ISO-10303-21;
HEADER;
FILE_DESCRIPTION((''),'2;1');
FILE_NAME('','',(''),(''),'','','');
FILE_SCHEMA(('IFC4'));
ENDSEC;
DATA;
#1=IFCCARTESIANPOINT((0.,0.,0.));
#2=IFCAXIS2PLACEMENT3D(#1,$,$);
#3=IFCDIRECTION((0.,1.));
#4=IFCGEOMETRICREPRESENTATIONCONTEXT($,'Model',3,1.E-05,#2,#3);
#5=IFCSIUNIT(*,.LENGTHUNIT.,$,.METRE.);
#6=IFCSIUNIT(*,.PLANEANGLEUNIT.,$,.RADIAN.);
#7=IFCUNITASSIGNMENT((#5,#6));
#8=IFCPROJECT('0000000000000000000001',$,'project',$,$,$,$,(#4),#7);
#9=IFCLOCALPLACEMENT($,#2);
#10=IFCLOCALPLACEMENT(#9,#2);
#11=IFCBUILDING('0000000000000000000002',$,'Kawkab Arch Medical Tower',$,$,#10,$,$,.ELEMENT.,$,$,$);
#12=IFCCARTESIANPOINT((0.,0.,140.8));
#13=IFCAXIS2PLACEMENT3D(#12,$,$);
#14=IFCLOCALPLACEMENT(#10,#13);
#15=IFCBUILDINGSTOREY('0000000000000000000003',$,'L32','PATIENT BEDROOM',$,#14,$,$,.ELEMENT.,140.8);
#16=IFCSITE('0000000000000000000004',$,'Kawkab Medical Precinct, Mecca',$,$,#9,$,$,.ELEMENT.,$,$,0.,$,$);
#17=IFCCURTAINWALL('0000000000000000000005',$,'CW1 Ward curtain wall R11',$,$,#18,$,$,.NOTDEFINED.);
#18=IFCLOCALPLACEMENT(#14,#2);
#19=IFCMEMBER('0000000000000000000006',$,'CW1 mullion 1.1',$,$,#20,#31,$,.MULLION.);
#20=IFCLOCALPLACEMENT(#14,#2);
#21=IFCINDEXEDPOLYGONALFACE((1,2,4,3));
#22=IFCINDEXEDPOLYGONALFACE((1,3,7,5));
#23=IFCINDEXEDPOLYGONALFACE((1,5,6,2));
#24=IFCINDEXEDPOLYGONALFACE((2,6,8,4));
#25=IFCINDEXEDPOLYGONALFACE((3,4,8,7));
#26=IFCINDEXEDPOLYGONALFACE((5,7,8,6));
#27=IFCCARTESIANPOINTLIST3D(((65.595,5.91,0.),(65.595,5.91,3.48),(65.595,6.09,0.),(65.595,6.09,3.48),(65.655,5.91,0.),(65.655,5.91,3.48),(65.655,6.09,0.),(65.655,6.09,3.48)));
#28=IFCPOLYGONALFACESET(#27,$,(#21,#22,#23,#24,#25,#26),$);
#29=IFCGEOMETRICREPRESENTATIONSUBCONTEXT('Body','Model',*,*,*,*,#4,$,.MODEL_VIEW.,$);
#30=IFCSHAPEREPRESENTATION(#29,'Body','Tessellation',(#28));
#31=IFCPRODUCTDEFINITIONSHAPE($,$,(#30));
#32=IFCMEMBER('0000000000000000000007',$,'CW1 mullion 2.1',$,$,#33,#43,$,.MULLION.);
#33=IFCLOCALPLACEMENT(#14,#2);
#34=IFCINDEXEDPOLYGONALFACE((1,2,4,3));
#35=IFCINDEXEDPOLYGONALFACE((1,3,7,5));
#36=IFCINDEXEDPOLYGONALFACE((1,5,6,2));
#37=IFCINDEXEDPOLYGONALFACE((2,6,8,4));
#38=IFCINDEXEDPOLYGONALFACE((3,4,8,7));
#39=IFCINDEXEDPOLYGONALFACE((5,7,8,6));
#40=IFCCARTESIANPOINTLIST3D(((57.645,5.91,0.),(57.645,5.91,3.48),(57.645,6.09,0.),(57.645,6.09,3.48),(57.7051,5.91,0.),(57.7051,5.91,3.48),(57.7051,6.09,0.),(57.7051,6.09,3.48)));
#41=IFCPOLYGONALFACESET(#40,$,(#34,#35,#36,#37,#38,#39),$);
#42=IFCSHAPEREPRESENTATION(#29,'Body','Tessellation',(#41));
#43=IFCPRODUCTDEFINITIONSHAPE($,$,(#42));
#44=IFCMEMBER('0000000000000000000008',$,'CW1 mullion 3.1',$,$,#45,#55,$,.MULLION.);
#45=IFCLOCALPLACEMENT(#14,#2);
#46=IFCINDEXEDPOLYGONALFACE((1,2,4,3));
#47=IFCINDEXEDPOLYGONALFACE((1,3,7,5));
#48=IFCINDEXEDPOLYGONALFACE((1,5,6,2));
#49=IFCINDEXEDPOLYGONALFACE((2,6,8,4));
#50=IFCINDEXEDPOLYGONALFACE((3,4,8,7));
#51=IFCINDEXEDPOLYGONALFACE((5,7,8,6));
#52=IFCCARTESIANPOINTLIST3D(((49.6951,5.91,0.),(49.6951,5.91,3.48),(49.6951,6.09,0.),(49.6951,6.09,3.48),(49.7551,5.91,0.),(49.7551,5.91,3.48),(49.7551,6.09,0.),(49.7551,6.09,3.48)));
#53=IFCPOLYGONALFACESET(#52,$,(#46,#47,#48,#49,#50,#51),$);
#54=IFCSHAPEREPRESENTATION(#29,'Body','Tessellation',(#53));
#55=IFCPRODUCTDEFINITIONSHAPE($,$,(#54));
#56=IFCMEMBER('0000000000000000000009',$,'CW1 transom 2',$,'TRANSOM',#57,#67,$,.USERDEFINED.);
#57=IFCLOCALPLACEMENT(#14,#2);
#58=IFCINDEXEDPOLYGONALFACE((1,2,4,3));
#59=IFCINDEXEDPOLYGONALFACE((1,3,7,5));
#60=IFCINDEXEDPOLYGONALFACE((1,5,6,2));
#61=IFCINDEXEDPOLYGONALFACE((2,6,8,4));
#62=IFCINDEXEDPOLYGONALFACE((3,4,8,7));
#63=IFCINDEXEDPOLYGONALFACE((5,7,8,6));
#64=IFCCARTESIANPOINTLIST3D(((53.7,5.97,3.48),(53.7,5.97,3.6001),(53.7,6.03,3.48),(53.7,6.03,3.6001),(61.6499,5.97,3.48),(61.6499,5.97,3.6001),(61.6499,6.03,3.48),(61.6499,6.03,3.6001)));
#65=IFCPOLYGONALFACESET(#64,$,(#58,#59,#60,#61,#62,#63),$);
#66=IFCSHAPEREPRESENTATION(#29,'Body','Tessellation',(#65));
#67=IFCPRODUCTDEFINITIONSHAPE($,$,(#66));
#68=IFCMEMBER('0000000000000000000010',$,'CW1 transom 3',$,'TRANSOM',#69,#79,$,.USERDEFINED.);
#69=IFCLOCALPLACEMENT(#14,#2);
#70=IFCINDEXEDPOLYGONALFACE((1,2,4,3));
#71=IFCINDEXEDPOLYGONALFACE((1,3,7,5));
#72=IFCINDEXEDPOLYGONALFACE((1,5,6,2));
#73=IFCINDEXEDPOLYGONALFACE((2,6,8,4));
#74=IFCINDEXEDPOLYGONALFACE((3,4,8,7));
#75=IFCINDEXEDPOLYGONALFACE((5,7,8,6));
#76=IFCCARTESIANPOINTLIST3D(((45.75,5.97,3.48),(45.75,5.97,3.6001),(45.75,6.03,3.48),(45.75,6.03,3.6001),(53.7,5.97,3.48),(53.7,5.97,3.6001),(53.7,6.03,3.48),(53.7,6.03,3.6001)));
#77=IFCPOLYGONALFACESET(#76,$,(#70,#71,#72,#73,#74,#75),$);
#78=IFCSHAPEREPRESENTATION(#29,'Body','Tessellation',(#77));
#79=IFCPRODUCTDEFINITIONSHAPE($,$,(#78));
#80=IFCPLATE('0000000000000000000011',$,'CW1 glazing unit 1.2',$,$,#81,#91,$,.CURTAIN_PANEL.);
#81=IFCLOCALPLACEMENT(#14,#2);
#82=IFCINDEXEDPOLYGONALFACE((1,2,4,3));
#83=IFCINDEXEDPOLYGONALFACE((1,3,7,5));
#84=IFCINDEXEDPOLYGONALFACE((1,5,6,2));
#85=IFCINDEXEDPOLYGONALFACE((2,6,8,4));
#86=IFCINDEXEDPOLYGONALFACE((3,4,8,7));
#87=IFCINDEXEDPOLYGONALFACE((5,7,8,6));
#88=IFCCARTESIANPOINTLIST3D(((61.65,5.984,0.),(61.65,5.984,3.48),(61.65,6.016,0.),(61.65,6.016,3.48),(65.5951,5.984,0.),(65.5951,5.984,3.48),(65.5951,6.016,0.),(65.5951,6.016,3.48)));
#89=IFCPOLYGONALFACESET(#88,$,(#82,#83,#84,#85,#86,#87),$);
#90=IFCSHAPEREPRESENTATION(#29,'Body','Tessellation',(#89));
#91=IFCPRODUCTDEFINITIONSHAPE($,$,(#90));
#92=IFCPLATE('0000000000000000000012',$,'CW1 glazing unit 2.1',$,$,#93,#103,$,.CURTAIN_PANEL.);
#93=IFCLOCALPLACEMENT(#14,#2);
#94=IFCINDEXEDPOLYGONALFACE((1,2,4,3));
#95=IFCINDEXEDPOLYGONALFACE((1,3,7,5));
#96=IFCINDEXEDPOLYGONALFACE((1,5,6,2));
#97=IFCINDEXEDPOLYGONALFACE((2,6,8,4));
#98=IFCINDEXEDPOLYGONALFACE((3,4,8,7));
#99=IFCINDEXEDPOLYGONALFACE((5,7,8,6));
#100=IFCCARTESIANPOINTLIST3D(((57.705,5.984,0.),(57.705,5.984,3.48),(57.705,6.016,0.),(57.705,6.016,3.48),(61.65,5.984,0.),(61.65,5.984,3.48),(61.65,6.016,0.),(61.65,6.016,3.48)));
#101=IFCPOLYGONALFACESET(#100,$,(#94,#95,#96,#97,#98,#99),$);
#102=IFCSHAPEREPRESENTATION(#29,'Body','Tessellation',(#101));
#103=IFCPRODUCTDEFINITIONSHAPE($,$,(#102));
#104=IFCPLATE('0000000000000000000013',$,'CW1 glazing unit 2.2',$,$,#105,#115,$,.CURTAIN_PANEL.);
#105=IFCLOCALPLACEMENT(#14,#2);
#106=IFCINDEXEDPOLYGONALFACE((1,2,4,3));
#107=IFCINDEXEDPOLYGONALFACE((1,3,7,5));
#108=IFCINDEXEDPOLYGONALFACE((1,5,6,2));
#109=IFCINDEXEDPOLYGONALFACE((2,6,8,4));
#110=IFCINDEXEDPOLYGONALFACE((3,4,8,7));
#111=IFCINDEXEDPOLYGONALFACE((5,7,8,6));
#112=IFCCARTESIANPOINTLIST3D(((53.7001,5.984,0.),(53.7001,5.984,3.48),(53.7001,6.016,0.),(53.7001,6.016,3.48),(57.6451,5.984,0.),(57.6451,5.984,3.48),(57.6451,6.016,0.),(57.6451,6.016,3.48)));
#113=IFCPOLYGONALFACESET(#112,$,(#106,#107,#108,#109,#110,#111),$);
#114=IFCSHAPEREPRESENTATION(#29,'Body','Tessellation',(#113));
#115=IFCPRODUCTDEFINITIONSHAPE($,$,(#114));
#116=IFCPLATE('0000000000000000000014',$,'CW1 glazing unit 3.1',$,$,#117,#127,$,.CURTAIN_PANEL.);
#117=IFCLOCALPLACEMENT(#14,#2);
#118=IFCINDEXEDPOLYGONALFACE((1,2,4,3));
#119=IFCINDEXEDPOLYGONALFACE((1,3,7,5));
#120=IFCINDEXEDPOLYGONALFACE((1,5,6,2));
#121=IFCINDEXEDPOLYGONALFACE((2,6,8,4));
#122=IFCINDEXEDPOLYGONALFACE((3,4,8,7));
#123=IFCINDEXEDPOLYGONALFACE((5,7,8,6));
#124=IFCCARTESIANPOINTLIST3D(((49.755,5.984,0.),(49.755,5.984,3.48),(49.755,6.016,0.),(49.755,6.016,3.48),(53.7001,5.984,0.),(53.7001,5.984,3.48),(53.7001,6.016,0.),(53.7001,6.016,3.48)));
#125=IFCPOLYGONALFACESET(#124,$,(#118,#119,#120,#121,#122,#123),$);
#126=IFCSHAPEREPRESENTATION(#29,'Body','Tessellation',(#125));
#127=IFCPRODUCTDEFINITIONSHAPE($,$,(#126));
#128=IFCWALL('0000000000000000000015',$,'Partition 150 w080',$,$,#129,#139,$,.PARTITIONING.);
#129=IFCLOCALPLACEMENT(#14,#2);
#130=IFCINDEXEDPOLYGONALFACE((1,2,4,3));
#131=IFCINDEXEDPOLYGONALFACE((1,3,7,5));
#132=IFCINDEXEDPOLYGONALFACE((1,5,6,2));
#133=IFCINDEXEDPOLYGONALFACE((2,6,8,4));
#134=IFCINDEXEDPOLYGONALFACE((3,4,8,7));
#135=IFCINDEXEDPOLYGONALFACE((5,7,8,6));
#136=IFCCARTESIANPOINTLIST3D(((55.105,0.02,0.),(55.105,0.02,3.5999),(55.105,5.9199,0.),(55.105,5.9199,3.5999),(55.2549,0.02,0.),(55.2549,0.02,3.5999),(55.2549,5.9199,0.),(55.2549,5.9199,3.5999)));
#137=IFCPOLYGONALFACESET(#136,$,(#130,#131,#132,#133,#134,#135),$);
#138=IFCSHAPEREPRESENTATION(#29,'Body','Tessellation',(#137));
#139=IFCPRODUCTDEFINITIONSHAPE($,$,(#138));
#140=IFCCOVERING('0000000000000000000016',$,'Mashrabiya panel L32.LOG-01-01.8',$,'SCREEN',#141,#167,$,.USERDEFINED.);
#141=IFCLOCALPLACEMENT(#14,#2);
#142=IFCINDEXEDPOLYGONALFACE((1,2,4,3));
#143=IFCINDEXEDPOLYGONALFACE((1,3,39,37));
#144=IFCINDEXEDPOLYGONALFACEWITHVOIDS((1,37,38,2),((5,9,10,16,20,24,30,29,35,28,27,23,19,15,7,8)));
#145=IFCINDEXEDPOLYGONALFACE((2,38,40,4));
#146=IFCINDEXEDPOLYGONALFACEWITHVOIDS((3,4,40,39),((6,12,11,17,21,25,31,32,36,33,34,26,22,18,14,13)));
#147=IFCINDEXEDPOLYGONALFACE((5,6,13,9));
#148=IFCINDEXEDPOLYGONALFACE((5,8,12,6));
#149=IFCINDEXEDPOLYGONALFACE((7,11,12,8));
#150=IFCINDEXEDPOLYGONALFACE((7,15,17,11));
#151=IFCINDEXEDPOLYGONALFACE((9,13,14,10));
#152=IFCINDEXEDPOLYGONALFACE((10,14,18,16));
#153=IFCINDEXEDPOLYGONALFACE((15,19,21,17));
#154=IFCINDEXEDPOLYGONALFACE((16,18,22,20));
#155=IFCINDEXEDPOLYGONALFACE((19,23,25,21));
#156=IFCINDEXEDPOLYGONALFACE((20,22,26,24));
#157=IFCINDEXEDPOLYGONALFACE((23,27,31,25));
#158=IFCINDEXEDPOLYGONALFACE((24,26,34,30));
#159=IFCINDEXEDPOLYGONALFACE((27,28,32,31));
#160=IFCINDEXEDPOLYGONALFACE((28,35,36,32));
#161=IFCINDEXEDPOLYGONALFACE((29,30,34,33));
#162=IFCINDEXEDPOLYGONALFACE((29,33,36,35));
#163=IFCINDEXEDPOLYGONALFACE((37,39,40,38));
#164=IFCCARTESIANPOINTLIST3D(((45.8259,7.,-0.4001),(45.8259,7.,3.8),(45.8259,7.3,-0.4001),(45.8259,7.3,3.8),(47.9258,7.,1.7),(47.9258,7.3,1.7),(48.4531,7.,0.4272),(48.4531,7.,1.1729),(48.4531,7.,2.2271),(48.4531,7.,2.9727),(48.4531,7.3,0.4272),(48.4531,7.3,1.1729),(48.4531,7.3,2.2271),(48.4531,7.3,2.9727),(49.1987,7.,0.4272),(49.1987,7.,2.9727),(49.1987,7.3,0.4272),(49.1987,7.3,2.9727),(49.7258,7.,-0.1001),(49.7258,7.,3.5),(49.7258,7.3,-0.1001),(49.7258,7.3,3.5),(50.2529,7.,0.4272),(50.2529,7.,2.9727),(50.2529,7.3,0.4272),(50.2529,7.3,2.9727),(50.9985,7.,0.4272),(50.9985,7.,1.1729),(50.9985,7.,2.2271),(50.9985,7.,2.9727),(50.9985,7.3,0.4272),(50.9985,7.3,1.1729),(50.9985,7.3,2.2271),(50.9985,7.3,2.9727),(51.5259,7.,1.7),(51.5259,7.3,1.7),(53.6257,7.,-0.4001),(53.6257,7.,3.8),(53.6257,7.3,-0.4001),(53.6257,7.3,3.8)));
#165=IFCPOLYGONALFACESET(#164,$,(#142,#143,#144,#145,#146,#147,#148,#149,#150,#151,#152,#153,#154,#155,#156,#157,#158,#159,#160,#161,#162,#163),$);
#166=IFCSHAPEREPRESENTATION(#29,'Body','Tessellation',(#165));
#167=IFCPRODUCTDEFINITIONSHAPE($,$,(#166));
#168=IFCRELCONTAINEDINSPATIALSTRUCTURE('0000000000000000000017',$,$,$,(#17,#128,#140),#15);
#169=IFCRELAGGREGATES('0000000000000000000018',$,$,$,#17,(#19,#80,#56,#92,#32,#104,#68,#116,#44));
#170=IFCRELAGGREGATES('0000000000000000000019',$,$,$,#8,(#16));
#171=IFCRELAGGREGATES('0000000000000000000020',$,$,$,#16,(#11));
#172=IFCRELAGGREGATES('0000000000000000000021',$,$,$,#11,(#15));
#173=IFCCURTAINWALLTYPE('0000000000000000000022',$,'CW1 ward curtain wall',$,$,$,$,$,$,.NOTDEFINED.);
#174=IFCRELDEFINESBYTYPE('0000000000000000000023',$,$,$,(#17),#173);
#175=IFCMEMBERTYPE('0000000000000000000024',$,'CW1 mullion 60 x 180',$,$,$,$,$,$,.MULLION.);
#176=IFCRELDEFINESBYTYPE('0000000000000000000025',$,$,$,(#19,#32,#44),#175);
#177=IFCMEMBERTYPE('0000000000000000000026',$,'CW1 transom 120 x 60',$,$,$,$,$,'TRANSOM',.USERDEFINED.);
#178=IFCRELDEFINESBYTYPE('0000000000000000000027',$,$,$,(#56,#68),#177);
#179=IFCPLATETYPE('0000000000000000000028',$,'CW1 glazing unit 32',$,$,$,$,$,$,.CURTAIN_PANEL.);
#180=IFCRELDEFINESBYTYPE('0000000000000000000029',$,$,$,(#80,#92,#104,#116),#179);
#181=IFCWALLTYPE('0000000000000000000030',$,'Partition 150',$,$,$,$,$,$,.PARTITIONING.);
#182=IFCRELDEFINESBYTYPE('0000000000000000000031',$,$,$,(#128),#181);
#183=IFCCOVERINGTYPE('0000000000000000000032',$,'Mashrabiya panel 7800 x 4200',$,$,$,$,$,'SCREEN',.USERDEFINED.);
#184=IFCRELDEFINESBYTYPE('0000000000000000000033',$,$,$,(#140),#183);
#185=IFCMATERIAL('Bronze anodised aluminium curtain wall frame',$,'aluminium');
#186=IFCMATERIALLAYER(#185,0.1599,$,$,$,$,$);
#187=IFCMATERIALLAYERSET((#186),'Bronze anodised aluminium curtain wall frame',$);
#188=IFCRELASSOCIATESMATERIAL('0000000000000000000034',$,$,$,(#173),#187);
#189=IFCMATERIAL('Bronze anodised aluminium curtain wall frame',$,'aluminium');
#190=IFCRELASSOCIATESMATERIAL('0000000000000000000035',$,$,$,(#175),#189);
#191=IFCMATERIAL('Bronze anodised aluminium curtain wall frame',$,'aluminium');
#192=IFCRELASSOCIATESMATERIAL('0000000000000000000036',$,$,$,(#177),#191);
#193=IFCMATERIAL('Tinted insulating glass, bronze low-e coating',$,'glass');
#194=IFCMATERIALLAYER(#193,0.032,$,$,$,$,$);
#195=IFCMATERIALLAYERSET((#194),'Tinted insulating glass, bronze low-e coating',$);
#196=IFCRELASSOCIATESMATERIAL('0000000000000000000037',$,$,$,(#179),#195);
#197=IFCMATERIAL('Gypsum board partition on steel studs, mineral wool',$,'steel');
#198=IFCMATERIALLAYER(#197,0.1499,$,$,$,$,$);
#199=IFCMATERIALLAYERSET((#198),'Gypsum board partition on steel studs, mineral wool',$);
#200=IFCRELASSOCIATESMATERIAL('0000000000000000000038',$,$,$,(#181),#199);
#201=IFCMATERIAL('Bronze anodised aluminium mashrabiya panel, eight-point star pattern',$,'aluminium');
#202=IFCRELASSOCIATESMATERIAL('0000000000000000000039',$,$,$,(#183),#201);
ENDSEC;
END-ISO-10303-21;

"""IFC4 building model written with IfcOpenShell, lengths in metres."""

from ifc_helpers import new_model, si_unit, direction, frame, frame_2d, origin, origin_2d, place, context, subcontext, project, spatial, polyline, rectangle, outline, extrude, material, layer, layer_set, material_profile, profile_set, type_object, element, aggregate, save


model = new_model("IFC4")

# Units and contexts
model_context = context("Model", 3, precision=1e-05, world=origin(), true_north=direction((0.0, 1.0)))
body_context = subcontext(model_context, "Body", "Model", "MODEL_VIEW")
ifc_project = project(units=[si_unit("LENGTHUNIT", "METRE"), si_unit("PLANEANGLEUNIT", "RADIAN")], contexts=[model_context])

# Site, building, storey
site_placement = place(None, origin())
site = spatial("IfcSite", under=ifc_project, at=site_placement, Name="Kawkab Medical Precinct, Mecca", CompositionType="ELEMENT", RefElevation=0.0)
building_placement = place(site_placement, origin())
building = spatial("IfcBuilding", under=site, at=building_placement, Name="Kawkab Arch Medical Tower", CompositionType="ELEMENT")
storey_placement = place(building_placement, frame((0.0, 0.0, 140.8)))
storey = spatial("IfcBuildingStorey", under=building, at=storey_placement, Name="L32", Description="PATIENT BEDROOM", CompositionType="ELEMENT", Elevation=140.8)

# Curtain wall, members, plates
ifc_material_1 = material(Name="Bronze anodised aluminium curtain wall frame", Category="aluminium")
ifc_layer_1 = layer(ifc_material_1, 0.1599)
ifc_layer_set_1 = layer_set([ifc_layer_1], Name="Bronze anodised aluminium curtain wall frame")
curtain_wall_type = type_object("IfcCurtainWallType", Name="CW1 ward curtain wall", PredefinedType="NOTDEFINED", material=ifc_layer_set_1)
curtain_wall_placement = place(storey_placement, origin())
curtain_wall = element("IfcCurtainWall", 1, at=curtain_wall_placement, inside=storey, type_object=curtain_wall_type, Name="CW1 Ward curtain wall R11", PredefinedType="NOTDEFINED")
ifc_material_2 = material(Name="Bronze anodised aluminium curtain wall frame", Category="aluminium")
ifc_material_profile_1 = material_profile(ifc_material_2, rectangle(XDim=0.1799, YDim=0.0601, at=origin_2d()), Name="AL 60x180")
ifc_profile_set_1 = profile_set([ifc_material_profile_1], Name="Bronze anodised aluminium curtain wall frame")
member_type_1 = type_object("IfcMemberType", Name="CW1 mullion 60 x 180", PredefinedType="MULLION", material=ifc_profile_set_1)
member_1_placement = place(storey_placement, frame((65.625, 6.0, 0.0), z_axis=(0.0, 0.0, 1.0), x_axis=(0.0, -1.0, 0.0)))
member_1 = element("IfcMember", 2, at=member_1_placement, type_object=member_type_1, Name="CW1 mullion 1.1", PredefinedType="MULLION", context=body_context, shape_type="SweptSolid", body=[
    extrude(rectangle(XDim=0.1799, YDim=0.0601, at=origin_2d()), origin(), (0.0, 0.0, 1.0), 3.48),
])
member_2_placement = place(storey_placement, frame((57.675, 6.0, 0.0), z_axis=(0.0, 0.0, 1.0), x_axis=(0.0, -1.0, 0.0)))
member_2 = element("IfcMember", 3, at=member_2_placement, type_object=member_type_1, Name="CW1 mullion 2.1", PredefinedType="MULLION", context=body_context, shape_type="SweptSolid", body=[
    extrude(rectangle(XDim=0.1799, YDim=0.0601, at=origin_2d()), origin(), (0.0, 0.0, 1.0), 3.48),
])
member_3_placement = place(storey_placement, frame((49.7251, 6.0, 0.0), z_axis=(0.0, 0.0, 1.0), x_axis=(0.0, -1.0, 0.0)))
member_3 = element("IfcMember", 4, at=member_3_placement, type_object=member_type_1, Name="CW1 mullion 3.1", PredefinedType="MULLION", context=body_context, shape_type="SweptSolid", body=[
    extrude(rectangle(XDim=0.1799, YDim=0.0601, at=origin_2d()), origin(), (0.0, 0.0, 1.0), 3.48),
])
ifc_material_3 = material(Name="Bronze anodised aluminium curtain wall frame", Category="aluminium")
ifc_material_profile_2 = material_profile(ifc_material_3, rectangle(XDim=0.0601, YDim=0.1201, at=origin_2d()), Name="AL 60x120")
ifc_profile_set_2 = profile_set([ifc_material_profile_2], Name="Bronze anodised aluminium curtain wall frame")
member_type_2 = type_object("IfcMemberType", Name="CW1 transom 120 x 60", ElementType="TRANSOM", PredefinedType="USERDEFINED", material=ifc_profile_set_2)
member_4_placement = place(storey_placement, frame((61.6499, 6.0, 3.54), z_axis=(-1.0, 0.0, 0.0), x_axis=(0.0, -1.0, 0.0)))
member_4 = element("IfcMember", 5, at=member_4_placement, type_object=member_type_2, Name="CW1 transom 2", ObjectType="TRANSOM", PredefinedType="USERDEFINED", context=body_context, shape_type="SweptSolid", body=[
    extrude(rectangle(XDim=0.0601, YDim=0.1201, at=origin_2d()), origin(), (0.0, 0.0, 1.0), 7.95),
])
member_5_placement = place(storey_placement, frame((53.7, 6.0, 3.54), z_axis=(-1.0, 0.0, 0.0), x_axis=(0.0, -1.0, 0.0)))
member_5 = element("IfcMember", 6, at=member_5_placement, type_object=member_type_2, Name="CW1 transom 3", ObjectType="TRANSOM", PredefinedType="USERDEFINED", context=body_context, shape_type="SweptSolid", body=[
    extrude(rectangle(XDim=0.0601, YDim=0.1201, at=origin_2d()), origin(), (0.0, 0.0, 1.0), 7.95),
])
ifc_material_4 = material(Name="Tinted insulating glass, bronze low-e coating", Category="glass")
ifc_layer_2 = layer(ifc_material_4, 0.032)
ifc_layer_set_2 = layer_set([ifc_layer_2], Name="Tinted insulating glass, bronze low-e coating")
plate_type = type_object("IfcPlateType", Name="CW1 glazing unit 32", PredefinedType="CURTAIN_PANEL", material=ifc_layer_set_2)
plate_1_placement = place(storey_placement, frame((63.6226, 6.0, 0.0), z_axis=(0.0, 0.0, 1.0), x_axis=(-1.0, 0.0, 0.0)))
plate_1 = element("IfcPlate", 7, at=plate_1_placement, type_object=plate_type, Name="CW1 glazing unit 1.2", PredefinedType="CURTAIN_PANEL", context=body_context, shape_type="SweptSolid", body=[
    extrude(rectangle(XDim=3.9451, YDim=0.032, at=origin_2d()), origin(), (0.0, 0.0, 1.0), 3.48),
])
plate_2_placement = place(storey_placement, frame((59.6775, 6.0, 0.0), z_axis=(0.0, 0.0, 1.0), x_axis=(-1.0, 0.0, 0.0)))
plate_2 = element("IfcPlate", 8, at=plate_2_placement, type_object=plate_type, Name="CW1 glazing unit 2.1", PredefinedType="CURTAIN_PANEL", context=body_context, shape_type="SweptSolid", body=[
    extrude(rectangle(XDim=3.9451, YDim=0.032, at=origin_2d()), origin(), (0.0, 0.0, 1.0), 3.48),
])
plate_3_placement = place(storey_placement, frame((55.6726, 6.0, 0.0), z_axis=(0.0, 0.0, 1.0), x_axis=(-1.0, 0.0, 0.0)))
plate_3 = element("IfcPlate", 9, at=plate_3_placement, type_object=plate_type, Name="CW1 glazing unit 2.2", PredefinedType="CURTAIN_PANEL", context=body_context, shape_type="SweptSolid", body=[
    extrude(rectangle(XDim=3.9451, YDim=0.032, at=origin_2d()), origin(), (0.0, 0.0, 1.0), 3.48),
])
plate_4_placement = place(storey_placement, frame((51.7275, 6.0, 0.0), z_axis=(0.0, 0.0, 1.0), x_axis=(-1.0, 0.0, 0.0)))
plate_4 = element("IfcPlate", 10, at=plate_4_placement, type_object=plate_type, Name="CW1 glazing unit 3.1", PredefinedType="CURTAIN_PANEL", context=body_context, shape_type="SweptSolid", body=[
    extrude(rectangle(XDim=3.9451, YDim=0.032, at=origin_2d()), origin(), (0.0, 0.0, 1.0), 3.48),
])
aggregate(curtain_wall, [member_1, plate_1, member_4, plate_2, member_2, plate_3, member_5, plate_4, member_3])

# Wall
ifc_material_5 = material(Name="Gypsum board partition on steel studs, mineral wool", Category="steel")
ifc_layer_3 = layer(ifc_material_5, 0.1499)
ifc_layer_set_3 = layer_set([ifc_layer_3], Name="Gypsum board partition on steel studs, mineral wool")
wall_type = type_object("IfcWallType", Name="Partition 150", PredefinedType="PARTITIONING", material=ifc_layer_set_3)
wall_placement = place(storey_placement, frame((55.1799, 0.02, 0.0), z_axis=(0.0, 0.0, 1.0), x_axis=(0.0, 1.0, 0.0)))
element("IfcWall", 11, at=wall_placement, inside=storey, type_object=wall_type, Name="Partition 150 w080", PredefinedType="PARTITIONING", context=body_context, shape_type="SweptSolid", body=[
    extrude(rectangle(XDim=5.8999, YDim=0.1499, at=frame_2d((2.95, 0.0))), origin(), (0.0, 0.0, 1.0), 3.5999),
])

# Covering
ifc_material_6 = material(Name="Bronze anodised aluminium mashrabiya panel, eight-point star pattern", Category="aluminium")
ifc_material_profile_3 = material_profile(ifc_material_6, outline(polyline([(-3.8999, -2.1001), (3.8999, -2.1001), (3.8999, 2.1001), (-3.8999, 2.1001), (-3.8999, -2.1001)]), holes=[polyline([(1.8, 0.0), (1.2727, 0.5271), (1.2727, 1.2727), (0.5271, 1.2727), (0.0, 1.8), (-0.5271, 1.2727), (-1.2727, 1.2727), (-1.2727, 0.5271), (-1.8, 0.0), (-1.2727, -0.5271), (-1.2727, -1.2727), (-0.5271, -1.2727), (0.0, -1.8), (0.5271, -1.2727), (1.2727, -1.2727), (1.2727, -0.5271), (1.8, 0.0)])]), Name="Mashrabiya panel 7800x4200")
ifc_profile_set_3 = profile_set([ifc_material_profile_3], Name="Bronze anodised aluminium mashrabiya panel, eight-point star pattern")
covering_type_1 = type_object("IfcCoveringType", Name="Mashrabiya panel 7800 x 4200", ElementType="SCREEN", PredefinedType="USERDEFINED", material=ifc_profile_set_3)
for number, where, z_axis, x_axis, name in (
    (12, (49.7258, 7.0, 1.7), (0.0, 1.0, 0.0), (-1.0, 0.0, 0.0), "Mashrabiya panel L32.LOG-01-01.8"),
):
    element("IfcCovering", number, at=place(storey_placement, frame(where, z_axis=z_axis, x_axis=x_axis)), inside=storey, type_object=covering_type_1, Name=name, ObjectType="SCREEN", PredefinedType="USERDEFINED", context=body_context, shape_type="SweptSolid", body=[
        extrude(outline(polyline([(-3.8999, -2.1001), (3.8999, -2.1001), (3.8999, 2.1001), (-3.8999, 2.1001), (-3.8999, -2.1001)]), holes=[polyline([(1.8, 0.0), (1.2727, 0.5271), (1.2727, 1.2727), (0.5271, 1.2727), (0.0, 1.8), (-0.5271, 1.2727), (-1.2727, 1.2727), (-1.2727, 0.5271), (-1.8, 0.0), (-1.2727, -0.5271), (-1.2727, -1.2727), (-0.5271, -1.2727), (0.0, -1.8), (0.5271, -1.2727), (1.2727, -1.2727), (1.2727, -0.5271), (1.8, 0.0)])]), origin(), (0.0, 0.0, 1.0), 0.3),
    ])

save(model, "model.ifc")
